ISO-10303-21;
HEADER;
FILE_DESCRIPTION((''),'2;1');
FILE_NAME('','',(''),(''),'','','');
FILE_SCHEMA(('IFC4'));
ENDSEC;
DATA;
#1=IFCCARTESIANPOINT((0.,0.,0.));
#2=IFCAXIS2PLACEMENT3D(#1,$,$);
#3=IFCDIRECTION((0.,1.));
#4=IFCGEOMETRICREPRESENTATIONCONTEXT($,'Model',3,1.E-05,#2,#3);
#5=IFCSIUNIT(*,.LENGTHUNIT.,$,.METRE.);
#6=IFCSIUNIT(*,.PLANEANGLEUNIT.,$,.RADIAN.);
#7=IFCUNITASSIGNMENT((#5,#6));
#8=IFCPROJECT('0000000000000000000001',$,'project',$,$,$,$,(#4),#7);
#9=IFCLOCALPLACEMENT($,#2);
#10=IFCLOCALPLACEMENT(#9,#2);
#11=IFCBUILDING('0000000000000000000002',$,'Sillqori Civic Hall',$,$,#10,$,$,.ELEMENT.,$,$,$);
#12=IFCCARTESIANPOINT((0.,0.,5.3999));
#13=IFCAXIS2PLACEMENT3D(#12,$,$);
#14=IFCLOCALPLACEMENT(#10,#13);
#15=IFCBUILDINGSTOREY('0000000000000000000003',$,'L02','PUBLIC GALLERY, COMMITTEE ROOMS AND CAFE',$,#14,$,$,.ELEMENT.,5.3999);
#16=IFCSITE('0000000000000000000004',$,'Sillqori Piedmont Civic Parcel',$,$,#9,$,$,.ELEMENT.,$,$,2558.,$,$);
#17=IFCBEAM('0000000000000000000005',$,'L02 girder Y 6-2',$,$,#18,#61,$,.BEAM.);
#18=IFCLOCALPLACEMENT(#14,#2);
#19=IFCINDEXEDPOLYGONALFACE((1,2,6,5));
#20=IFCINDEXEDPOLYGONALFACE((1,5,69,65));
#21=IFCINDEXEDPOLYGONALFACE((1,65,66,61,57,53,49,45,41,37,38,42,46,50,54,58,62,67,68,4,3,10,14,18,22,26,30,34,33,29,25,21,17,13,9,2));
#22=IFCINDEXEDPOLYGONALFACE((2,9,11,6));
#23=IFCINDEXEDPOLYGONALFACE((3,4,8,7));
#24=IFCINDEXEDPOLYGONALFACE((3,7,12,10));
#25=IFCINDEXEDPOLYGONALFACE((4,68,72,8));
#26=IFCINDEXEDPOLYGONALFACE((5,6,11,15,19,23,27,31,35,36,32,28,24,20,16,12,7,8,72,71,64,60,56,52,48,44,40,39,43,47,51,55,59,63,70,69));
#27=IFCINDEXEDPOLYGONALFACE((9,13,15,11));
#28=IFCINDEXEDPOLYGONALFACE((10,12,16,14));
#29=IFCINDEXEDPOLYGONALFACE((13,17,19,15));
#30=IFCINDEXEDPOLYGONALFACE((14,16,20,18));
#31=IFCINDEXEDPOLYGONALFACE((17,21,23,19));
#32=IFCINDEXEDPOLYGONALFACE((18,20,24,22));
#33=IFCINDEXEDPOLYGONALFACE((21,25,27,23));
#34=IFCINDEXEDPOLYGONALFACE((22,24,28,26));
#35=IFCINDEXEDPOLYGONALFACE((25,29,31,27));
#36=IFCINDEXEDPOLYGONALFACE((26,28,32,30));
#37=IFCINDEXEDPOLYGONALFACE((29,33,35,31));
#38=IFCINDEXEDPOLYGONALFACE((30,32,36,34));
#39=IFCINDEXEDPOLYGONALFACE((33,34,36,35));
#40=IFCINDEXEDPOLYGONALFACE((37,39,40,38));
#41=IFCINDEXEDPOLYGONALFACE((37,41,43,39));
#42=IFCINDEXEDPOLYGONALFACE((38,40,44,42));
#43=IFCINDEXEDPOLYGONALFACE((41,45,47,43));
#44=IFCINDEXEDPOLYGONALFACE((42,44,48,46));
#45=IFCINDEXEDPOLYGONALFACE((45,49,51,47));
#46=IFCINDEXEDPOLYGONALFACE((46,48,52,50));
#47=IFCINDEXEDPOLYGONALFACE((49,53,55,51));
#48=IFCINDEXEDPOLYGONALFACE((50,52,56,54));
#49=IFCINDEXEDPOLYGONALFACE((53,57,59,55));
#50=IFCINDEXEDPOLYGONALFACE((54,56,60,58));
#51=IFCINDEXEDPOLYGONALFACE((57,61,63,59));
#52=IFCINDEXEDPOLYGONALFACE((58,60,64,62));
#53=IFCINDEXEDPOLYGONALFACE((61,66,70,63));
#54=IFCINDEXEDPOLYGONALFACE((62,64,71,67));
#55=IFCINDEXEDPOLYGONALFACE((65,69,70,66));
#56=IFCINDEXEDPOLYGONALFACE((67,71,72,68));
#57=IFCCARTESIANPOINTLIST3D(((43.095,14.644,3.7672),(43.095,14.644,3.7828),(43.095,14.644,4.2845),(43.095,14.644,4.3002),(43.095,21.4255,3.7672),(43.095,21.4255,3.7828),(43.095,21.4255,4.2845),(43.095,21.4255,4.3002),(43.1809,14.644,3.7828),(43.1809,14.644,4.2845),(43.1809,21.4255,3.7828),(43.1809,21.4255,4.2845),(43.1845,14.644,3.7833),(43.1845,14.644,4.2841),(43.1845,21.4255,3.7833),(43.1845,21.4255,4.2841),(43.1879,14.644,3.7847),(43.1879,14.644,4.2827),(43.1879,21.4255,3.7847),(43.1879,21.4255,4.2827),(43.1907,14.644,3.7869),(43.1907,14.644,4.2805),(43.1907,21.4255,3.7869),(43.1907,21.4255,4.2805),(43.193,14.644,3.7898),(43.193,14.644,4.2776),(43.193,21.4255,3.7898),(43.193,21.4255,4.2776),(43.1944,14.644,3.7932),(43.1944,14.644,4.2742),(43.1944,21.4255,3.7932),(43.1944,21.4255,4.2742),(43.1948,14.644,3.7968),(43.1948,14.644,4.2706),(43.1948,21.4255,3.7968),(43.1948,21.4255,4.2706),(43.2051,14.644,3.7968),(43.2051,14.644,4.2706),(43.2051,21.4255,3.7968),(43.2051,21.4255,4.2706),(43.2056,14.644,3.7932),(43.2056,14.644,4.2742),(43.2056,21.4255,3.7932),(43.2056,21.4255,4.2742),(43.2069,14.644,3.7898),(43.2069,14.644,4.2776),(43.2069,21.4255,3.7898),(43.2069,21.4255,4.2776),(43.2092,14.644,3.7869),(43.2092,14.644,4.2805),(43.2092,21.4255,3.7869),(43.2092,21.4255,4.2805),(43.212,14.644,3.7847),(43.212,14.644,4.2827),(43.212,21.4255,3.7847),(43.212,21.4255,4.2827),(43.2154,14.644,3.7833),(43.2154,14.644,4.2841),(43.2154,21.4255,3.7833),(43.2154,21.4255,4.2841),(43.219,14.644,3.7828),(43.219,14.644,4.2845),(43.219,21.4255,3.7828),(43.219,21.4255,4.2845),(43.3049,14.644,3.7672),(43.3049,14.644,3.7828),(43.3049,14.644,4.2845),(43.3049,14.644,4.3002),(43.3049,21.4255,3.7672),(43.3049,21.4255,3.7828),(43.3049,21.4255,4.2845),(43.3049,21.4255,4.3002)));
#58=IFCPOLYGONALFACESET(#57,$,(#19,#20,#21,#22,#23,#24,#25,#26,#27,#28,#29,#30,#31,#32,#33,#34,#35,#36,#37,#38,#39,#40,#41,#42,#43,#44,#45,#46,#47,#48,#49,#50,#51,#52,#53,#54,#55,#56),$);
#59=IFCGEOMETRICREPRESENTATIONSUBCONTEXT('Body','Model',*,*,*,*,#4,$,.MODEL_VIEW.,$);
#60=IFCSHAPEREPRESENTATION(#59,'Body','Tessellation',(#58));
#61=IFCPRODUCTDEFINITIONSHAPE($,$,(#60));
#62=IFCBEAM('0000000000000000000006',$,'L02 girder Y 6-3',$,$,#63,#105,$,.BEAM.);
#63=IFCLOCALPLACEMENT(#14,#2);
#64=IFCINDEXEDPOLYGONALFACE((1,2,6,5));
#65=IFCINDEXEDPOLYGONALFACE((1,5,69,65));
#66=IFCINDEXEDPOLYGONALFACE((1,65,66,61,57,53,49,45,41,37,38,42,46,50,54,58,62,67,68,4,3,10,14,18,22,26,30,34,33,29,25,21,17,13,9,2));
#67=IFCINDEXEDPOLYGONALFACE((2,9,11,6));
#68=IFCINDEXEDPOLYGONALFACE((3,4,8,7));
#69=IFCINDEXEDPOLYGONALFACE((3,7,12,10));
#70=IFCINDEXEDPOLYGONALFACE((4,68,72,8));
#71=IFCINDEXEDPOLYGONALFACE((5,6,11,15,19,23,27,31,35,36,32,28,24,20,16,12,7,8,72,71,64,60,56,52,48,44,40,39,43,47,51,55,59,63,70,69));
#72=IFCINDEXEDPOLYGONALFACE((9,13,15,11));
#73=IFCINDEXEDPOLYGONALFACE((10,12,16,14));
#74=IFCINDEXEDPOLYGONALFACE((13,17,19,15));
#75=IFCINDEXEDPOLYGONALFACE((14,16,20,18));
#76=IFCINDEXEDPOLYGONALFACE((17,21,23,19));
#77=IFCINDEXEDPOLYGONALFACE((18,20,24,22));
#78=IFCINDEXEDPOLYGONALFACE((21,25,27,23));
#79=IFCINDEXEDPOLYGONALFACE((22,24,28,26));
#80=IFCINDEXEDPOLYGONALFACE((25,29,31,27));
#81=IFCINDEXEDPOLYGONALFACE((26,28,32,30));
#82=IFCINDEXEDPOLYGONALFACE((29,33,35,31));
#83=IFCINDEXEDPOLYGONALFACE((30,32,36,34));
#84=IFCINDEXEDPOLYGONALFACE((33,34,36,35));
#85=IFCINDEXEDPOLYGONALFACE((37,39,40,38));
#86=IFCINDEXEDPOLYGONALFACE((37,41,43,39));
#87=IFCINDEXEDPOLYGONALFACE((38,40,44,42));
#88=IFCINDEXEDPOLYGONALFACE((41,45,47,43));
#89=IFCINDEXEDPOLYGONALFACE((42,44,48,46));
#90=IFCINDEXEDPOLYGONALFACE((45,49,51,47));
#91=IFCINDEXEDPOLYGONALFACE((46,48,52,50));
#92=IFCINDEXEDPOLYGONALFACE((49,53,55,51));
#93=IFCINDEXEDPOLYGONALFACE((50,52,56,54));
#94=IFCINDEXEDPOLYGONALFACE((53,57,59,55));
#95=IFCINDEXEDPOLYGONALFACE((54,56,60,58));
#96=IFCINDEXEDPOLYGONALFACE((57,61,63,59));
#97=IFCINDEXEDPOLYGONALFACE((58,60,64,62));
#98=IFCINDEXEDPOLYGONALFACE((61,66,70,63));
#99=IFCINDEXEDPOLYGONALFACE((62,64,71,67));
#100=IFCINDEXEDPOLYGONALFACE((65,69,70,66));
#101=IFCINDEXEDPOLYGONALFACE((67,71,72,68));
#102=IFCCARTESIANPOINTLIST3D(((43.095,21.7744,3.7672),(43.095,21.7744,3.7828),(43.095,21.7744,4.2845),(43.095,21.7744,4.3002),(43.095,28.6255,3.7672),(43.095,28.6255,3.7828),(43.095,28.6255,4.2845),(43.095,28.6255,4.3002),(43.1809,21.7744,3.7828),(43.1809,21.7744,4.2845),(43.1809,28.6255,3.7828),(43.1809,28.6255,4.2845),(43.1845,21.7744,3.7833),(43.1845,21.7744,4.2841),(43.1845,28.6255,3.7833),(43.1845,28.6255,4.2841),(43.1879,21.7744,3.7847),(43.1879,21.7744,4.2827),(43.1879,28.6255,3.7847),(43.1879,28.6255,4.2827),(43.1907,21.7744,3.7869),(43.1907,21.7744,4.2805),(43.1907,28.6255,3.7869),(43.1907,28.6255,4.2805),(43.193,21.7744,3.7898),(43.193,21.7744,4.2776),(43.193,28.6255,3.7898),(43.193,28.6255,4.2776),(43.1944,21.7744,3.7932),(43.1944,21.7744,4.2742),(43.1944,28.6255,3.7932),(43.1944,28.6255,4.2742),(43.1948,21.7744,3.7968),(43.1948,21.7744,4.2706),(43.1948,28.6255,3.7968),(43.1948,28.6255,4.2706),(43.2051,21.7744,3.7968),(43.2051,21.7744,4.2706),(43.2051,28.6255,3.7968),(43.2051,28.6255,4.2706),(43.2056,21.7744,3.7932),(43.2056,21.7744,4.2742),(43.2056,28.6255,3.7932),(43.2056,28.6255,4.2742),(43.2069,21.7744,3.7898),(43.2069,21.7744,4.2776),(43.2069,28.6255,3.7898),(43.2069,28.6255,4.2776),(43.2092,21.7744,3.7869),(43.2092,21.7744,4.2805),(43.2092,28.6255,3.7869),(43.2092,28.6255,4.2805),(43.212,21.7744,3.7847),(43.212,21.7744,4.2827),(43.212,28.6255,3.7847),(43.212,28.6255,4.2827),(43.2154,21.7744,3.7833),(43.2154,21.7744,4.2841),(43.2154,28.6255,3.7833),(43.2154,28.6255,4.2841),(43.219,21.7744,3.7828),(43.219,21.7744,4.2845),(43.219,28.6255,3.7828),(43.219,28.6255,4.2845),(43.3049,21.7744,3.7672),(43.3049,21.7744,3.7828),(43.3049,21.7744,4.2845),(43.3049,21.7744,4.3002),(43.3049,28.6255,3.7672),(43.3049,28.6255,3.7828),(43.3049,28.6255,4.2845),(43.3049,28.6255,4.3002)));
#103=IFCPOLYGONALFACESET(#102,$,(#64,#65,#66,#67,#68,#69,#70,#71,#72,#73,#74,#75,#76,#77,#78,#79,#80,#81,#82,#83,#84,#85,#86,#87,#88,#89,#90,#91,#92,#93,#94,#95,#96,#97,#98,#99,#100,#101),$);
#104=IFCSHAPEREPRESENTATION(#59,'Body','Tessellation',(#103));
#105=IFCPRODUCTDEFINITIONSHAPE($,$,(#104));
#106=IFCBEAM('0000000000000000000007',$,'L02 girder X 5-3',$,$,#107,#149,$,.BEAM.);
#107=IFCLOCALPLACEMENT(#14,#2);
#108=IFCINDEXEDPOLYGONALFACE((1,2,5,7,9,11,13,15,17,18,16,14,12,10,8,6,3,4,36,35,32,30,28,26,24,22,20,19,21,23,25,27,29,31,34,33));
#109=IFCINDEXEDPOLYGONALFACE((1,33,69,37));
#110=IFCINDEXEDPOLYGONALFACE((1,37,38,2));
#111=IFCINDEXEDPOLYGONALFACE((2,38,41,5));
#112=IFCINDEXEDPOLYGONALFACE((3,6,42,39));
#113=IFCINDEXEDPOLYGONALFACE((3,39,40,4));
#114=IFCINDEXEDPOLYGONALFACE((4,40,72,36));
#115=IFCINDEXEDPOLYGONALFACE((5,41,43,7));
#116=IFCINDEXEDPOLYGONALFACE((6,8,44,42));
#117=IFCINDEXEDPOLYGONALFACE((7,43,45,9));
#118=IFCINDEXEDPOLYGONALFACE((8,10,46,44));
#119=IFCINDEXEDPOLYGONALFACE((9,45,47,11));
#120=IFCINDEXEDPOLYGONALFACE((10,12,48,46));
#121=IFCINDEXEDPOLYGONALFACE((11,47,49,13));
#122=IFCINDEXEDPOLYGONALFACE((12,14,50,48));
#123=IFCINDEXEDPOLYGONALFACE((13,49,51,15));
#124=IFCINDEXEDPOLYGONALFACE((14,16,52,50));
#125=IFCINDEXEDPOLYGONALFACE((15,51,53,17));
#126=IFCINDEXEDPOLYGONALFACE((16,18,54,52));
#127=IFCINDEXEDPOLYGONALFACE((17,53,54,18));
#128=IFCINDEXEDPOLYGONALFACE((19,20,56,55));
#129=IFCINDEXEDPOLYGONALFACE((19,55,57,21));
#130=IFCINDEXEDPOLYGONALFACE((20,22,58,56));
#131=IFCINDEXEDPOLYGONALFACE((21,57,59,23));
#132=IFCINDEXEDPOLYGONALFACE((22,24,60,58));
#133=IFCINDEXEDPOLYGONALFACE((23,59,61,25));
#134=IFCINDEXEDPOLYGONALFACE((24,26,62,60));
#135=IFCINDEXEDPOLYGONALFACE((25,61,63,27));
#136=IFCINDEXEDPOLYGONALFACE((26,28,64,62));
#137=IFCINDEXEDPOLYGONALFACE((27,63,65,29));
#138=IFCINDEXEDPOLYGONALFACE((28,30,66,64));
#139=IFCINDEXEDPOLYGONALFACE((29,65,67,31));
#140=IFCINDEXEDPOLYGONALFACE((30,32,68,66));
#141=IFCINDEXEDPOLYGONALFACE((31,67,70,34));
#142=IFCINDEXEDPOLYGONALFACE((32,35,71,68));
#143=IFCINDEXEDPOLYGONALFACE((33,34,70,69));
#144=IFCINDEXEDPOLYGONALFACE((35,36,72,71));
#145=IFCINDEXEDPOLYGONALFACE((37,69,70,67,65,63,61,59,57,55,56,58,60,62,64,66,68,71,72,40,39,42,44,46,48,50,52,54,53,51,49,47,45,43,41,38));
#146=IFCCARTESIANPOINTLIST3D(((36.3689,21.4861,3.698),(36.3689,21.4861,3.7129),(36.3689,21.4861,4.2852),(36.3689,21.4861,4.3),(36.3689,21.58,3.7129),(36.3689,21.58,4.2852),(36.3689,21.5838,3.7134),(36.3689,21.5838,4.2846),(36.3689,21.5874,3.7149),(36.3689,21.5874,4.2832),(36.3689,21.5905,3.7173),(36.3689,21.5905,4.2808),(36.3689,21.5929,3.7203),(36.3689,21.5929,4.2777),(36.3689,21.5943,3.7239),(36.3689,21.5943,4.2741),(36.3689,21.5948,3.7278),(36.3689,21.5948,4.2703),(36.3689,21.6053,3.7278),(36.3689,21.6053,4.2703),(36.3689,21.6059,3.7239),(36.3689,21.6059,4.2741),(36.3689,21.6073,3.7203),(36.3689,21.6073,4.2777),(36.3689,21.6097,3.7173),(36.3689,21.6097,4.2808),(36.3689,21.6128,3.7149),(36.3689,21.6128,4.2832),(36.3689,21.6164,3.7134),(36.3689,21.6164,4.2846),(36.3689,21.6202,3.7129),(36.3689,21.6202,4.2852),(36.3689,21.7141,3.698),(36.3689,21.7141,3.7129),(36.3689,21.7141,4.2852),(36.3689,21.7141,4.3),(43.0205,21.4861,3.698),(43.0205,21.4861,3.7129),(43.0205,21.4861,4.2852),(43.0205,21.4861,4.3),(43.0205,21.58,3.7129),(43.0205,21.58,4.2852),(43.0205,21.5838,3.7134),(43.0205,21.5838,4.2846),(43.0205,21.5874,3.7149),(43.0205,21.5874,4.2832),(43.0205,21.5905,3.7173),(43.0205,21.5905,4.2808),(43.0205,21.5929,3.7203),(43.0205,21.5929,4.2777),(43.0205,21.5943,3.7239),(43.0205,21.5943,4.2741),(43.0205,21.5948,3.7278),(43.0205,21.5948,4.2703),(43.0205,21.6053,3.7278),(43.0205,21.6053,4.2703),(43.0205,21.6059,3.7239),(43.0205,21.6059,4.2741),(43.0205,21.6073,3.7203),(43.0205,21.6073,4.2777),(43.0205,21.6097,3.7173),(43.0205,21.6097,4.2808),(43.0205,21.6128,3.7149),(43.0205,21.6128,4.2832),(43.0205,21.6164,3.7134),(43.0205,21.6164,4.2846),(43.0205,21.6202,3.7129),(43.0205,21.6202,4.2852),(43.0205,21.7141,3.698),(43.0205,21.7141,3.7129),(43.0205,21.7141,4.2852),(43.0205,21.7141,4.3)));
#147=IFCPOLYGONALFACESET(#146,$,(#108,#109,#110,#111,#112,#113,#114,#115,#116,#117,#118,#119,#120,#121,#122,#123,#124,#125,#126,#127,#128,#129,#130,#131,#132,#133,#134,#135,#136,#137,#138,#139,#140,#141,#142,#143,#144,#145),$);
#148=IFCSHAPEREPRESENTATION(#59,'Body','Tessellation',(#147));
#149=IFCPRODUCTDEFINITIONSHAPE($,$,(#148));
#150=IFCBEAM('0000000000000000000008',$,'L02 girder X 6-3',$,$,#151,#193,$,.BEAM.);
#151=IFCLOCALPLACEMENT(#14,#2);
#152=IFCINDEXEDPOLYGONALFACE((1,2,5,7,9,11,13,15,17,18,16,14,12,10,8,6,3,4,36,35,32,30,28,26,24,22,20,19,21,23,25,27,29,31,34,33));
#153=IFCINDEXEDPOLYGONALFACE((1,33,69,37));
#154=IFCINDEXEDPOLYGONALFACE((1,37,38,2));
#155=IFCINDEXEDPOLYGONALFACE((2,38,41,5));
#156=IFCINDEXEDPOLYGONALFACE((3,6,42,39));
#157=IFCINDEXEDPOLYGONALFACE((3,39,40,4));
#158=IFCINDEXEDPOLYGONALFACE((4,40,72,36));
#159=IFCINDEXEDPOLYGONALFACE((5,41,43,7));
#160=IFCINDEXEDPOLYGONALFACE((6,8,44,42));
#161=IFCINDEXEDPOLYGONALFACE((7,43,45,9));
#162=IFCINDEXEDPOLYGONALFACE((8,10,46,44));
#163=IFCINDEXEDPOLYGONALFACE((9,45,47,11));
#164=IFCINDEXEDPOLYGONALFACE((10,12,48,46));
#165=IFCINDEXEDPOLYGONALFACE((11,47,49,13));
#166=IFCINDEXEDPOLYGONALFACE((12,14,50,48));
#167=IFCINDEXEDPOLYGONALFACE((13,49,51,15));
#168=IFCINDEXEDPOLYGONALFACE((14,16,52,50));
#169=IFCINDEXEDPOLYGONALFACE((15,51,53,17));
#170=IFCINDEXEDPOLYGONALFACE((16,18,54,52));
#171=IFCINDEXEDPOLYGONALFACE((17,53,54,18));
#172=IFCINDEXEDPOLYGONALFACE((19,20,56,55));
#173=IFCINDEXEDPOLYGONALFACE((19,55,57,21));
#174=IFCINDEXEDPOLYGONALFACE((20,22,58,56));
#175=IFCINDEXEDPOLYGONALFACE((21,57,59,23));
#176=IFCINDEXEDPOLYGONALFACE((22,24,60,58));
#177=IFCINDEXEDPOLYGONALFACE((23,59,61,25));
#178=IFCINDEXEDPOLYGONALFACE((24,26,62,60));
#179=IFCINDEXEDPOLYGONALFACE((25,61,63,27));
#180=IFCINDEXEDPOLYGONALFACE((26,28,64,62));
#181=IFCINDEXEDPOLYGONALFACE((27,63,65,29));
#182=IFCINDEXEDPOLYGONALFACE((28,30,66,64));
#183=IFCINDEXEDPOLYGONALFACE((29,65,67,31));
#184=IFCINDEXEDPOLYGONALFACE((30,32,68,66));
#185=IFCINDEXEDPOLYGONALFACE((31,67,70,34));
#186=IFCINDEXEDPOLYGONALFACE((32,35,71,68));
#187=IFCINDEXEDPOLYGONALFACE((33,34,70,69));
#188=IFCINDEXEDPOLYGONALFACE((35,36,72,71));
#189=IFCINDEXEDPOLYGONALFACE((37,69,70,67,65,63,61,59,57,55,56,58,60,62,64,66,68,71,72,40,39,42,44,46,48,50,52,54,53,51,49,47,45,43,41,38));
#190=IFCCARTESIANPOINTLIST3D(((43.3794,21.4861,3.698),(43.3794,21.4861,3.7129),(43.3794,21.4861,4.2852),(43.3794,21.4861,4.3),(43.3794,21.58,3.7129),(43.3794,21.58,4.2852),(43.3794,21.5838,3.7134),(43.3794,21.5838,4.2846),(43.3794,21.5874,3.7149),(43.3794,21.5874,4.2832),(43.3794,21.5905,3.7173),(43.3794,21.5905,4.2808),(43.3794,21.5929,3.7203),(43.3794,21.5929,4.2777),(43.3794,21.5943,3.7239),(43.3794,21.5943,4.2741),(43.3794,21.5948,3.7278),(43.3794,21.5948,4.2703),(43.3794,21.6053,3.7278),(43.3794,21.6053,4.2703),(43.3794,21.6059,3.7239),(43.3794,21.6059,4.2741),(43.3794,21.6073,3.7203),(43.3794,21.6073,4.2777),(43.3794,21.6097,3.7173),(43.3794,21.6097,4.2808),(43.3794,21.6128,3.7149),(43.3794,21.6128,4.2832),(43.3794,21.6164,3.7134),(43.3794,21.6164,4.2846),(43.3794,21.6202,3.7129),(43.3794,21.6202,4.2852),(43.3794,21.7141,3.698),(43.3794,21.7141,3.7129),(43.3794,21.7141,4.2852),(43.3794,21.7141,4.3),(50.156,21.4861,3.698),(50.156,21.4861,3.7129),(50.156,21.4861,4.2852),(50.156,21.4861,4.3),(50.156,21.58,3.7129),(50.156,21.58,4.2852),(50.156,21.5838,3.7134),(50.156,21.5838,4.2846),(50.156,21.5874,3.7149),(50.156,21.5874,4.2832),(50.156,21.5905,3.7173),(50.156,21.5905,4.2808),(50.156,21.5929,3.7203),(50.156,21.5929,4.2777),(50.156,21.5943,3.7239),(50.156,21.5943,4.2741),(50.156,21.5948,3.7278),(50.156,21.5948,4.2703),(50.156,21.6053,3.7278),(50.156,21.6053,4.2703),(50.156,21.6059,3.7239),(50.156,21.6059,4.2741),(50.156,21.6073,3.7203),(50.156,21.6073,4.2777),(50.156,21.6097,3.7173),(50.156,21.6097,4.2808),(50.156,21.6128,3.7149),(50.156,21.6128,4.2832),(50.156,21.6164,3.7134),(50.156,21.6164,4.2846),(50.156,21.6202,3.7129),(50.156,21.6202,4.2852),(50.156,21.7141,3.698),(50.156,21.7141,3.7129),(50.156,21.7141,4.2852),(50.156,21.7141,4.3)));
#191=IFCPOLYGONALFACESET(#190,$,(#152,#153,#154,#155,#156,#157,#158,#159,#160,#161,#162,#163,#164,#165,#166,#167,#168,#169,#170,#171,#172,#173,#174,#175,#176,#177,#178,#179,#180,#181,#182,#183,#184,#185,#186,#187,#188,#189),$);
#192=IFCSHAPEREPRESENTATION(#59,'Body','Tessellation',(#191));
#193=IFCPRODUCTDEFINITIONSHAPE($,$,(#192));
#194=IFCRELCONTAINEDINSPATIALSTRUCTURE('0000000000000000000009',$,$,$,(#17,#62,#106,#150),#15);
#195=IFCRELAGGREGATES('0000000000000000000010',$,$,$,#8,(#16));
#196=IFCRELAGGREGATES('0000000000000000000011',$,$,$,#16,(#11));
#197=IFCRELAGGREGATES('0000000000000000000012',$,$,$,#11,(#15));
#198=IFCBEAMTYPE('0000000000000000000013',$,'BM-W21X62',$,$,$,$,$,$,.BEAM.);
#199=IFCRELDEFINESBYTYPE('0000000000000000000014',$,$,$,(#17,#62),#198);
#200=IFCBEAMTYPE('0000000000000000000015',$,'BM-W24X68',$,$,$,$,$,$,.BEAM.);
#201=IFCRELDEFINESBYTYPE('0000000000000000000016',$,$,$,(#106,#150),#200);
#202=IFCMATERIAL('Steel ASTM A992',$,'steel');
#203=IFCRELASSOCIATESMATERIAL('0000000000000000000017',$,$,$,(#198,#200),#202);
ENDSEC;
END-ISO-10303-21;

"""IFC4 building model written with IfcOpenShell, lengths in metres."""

from ifc_helpers import new_model, si_unit, direction, frame, origin, origin_2d, place, context, subcontext, project, spatial, i_section, extrude, material, material_profile, profile_set, type_object, element, save


model = new_model("IFC4")

# Units and contexts
model_context = context("Model", 3, precision=1e-05, world=origin(), true_north=direction((0.0, 1.0)))
body_context = subcontext(model_context, "Body", "Model", "MODEL_VIEW")
ifc_project = project(units=[si_unit("LENGTHUNIT", "METRE"), si_unit("PLANEANGLEUNIT", "RADIAN")], contexts=[model_context])

# Site, building, storey
site_placement = place(None, origin())
site = spatial("IfcSite", under=ifc_project, at=site_placement, Name="Sillqori Piedmont Civic Parcel", CompositionType="ELEMENT", RefElevation=2558.0)
building_placement = place(site_placement, origin())
building = spatial("IfcBuilding", under=site, at=building_placement, Name="Sillqori Civic Hall", CompositionType="ELEMENT")
storey_placement = place(building_placement, frame((0.0, 0.0, 5.3999)))
storey = spatial("IfcBuildingStorey", under=building, at=storey_placement, Name="L02", Description="PUBLIC GALLERY, COMMITTEE ROOMS AND CAFE", CompositionType="ELEMENT", Elevation=5.3999)

# Shared definitions
ifc_material_1 = material(Name="Steel ASTM A992", Category="steel")

# Beams
ifc_material_profile_1 = material_profile(ifc_material_1, i_section(OverallWidth=0.21, OverallDepth=0.533, WebThickness=0.0103, FlangeThickness=0.0156, FilletRadius=0.0139, at=origin_2d()), Name="W21X62")
ifc_profile_set_1 = profile_set([ifc_material_profile_1], Name="Steel ASTM A992")
beam_type_1 = type_object("IfcBeamType", Name="BM-W21X62", PredefinedType="BEAM", material=ifc_profile_set_1)
beam_1_placement = place(storey_placement, frame((43.2, 14.644, 4.0337), z_axis=(0.0, 1.0, 0.0), x_axis=(-1.0, 0.0, 0.0)))
element("IfcBeam", 1, at=beam_1_placement, inside=storey, type_object=beam_type_1, Name="L02 girder Y 6-2", PredefinedType="BEAM", context=body_context, shape_type="SweptSolid", body=[
    extrude(i_section(OverallWidth=0.21, OverallDepth=0.533, WebThickness=0.0103, FlangeThickness=0.0156, FilletRadius=0.0139, at=origin_2d()), origin(), (0.0, 0.0, 1.0), 6.7815),
])
beam_2_placement = place(storey_placement, frame((43.2, 21.7744, 4.0337), z_axis=(0.0, 1.0, 0.0), x_axis=(-1.0, 0.0, 0.0)))
element("IfcBeam", 2, at=beam_2_placement, inside=storey, type_object=beam_type_1, Name="L02 girder Y 6-3", PredefinedType="BEAM", context=body_context, shape_type="SweptSolid", body=[
    extrude(i_section(OverallWidth=0.21, OverallDepth=0.533, WebThickness=0.0103, FlangeThickness=0.0156, FilletRadius=0.0139, at=origin_2d()), origin(), (0.0, 0.0, 1.0), 6.8511),
])
ifc_material_profile_2 = material_profile(ifc_material_1, i_section(OverallWidth=0.228, OverallDepth=0.6021, WebThickness=0.0105, FlangeThickness=0.0149, FilletRadius=0.0149, at=origin_2d()), Name="W24X68")
ifc_profile_set_2 = profile_set([ifc_material_profile_2], Name="Steel ASTM A992")
beam_type_2 = type_object("IfcBeamType", Name="BM-W24X68", PredefinedType="BEAM", material=ifc_profile_set_2)
beam_3_placement = place(storey_placement, frame((36.3689, 21.6001, 3.999), z_axis=(1.0, 0.0, 0.0), x_axis=(0.0, 1.0, 0.0)))
element("IfcBeam", 3, at=beam_3_placement, inside=storey, type_object=beam_type_2, Name="L02 girder X 5-3", PredefinedType="BEAM", context=body_context, shape_type="SweptSolid", body=[
    extrude(i_section(OverallWidth=0.228, OverallDepth=0.6021, WebThickness=0.0105, FlangeThickness=0.0149, FilletRadius=0.0149, at=origin_2d()), origin(), (0.0, 0.0, 1.0), 6.6516),
])
beam_4_placement = place(storey_placement, frame((43.3794, 21.6001, 3.999), z_axis=(1.0, 0.0, 0.0), x_axis=(0.0, 1.0, 0.0)))
element("IfcBeam", 4, at=beam_4_placement, inside=storey, type_object=beam_type_2, Name="L02 girder X 6-3", PredefinedType="BEAM", context=body_context, shape_type="SweptSolid", body=[
    extrude(i_section(OverallWidth=0.228, OverallDepth=0.6021, WebThickness=0.0105, FlangeThickness=0.0149, FilletRadius=0.0149, at=origin_2d()), origin(), (0.0, 0.0, 1.0), 6.7766),
])

save(model, "model.ifc")
